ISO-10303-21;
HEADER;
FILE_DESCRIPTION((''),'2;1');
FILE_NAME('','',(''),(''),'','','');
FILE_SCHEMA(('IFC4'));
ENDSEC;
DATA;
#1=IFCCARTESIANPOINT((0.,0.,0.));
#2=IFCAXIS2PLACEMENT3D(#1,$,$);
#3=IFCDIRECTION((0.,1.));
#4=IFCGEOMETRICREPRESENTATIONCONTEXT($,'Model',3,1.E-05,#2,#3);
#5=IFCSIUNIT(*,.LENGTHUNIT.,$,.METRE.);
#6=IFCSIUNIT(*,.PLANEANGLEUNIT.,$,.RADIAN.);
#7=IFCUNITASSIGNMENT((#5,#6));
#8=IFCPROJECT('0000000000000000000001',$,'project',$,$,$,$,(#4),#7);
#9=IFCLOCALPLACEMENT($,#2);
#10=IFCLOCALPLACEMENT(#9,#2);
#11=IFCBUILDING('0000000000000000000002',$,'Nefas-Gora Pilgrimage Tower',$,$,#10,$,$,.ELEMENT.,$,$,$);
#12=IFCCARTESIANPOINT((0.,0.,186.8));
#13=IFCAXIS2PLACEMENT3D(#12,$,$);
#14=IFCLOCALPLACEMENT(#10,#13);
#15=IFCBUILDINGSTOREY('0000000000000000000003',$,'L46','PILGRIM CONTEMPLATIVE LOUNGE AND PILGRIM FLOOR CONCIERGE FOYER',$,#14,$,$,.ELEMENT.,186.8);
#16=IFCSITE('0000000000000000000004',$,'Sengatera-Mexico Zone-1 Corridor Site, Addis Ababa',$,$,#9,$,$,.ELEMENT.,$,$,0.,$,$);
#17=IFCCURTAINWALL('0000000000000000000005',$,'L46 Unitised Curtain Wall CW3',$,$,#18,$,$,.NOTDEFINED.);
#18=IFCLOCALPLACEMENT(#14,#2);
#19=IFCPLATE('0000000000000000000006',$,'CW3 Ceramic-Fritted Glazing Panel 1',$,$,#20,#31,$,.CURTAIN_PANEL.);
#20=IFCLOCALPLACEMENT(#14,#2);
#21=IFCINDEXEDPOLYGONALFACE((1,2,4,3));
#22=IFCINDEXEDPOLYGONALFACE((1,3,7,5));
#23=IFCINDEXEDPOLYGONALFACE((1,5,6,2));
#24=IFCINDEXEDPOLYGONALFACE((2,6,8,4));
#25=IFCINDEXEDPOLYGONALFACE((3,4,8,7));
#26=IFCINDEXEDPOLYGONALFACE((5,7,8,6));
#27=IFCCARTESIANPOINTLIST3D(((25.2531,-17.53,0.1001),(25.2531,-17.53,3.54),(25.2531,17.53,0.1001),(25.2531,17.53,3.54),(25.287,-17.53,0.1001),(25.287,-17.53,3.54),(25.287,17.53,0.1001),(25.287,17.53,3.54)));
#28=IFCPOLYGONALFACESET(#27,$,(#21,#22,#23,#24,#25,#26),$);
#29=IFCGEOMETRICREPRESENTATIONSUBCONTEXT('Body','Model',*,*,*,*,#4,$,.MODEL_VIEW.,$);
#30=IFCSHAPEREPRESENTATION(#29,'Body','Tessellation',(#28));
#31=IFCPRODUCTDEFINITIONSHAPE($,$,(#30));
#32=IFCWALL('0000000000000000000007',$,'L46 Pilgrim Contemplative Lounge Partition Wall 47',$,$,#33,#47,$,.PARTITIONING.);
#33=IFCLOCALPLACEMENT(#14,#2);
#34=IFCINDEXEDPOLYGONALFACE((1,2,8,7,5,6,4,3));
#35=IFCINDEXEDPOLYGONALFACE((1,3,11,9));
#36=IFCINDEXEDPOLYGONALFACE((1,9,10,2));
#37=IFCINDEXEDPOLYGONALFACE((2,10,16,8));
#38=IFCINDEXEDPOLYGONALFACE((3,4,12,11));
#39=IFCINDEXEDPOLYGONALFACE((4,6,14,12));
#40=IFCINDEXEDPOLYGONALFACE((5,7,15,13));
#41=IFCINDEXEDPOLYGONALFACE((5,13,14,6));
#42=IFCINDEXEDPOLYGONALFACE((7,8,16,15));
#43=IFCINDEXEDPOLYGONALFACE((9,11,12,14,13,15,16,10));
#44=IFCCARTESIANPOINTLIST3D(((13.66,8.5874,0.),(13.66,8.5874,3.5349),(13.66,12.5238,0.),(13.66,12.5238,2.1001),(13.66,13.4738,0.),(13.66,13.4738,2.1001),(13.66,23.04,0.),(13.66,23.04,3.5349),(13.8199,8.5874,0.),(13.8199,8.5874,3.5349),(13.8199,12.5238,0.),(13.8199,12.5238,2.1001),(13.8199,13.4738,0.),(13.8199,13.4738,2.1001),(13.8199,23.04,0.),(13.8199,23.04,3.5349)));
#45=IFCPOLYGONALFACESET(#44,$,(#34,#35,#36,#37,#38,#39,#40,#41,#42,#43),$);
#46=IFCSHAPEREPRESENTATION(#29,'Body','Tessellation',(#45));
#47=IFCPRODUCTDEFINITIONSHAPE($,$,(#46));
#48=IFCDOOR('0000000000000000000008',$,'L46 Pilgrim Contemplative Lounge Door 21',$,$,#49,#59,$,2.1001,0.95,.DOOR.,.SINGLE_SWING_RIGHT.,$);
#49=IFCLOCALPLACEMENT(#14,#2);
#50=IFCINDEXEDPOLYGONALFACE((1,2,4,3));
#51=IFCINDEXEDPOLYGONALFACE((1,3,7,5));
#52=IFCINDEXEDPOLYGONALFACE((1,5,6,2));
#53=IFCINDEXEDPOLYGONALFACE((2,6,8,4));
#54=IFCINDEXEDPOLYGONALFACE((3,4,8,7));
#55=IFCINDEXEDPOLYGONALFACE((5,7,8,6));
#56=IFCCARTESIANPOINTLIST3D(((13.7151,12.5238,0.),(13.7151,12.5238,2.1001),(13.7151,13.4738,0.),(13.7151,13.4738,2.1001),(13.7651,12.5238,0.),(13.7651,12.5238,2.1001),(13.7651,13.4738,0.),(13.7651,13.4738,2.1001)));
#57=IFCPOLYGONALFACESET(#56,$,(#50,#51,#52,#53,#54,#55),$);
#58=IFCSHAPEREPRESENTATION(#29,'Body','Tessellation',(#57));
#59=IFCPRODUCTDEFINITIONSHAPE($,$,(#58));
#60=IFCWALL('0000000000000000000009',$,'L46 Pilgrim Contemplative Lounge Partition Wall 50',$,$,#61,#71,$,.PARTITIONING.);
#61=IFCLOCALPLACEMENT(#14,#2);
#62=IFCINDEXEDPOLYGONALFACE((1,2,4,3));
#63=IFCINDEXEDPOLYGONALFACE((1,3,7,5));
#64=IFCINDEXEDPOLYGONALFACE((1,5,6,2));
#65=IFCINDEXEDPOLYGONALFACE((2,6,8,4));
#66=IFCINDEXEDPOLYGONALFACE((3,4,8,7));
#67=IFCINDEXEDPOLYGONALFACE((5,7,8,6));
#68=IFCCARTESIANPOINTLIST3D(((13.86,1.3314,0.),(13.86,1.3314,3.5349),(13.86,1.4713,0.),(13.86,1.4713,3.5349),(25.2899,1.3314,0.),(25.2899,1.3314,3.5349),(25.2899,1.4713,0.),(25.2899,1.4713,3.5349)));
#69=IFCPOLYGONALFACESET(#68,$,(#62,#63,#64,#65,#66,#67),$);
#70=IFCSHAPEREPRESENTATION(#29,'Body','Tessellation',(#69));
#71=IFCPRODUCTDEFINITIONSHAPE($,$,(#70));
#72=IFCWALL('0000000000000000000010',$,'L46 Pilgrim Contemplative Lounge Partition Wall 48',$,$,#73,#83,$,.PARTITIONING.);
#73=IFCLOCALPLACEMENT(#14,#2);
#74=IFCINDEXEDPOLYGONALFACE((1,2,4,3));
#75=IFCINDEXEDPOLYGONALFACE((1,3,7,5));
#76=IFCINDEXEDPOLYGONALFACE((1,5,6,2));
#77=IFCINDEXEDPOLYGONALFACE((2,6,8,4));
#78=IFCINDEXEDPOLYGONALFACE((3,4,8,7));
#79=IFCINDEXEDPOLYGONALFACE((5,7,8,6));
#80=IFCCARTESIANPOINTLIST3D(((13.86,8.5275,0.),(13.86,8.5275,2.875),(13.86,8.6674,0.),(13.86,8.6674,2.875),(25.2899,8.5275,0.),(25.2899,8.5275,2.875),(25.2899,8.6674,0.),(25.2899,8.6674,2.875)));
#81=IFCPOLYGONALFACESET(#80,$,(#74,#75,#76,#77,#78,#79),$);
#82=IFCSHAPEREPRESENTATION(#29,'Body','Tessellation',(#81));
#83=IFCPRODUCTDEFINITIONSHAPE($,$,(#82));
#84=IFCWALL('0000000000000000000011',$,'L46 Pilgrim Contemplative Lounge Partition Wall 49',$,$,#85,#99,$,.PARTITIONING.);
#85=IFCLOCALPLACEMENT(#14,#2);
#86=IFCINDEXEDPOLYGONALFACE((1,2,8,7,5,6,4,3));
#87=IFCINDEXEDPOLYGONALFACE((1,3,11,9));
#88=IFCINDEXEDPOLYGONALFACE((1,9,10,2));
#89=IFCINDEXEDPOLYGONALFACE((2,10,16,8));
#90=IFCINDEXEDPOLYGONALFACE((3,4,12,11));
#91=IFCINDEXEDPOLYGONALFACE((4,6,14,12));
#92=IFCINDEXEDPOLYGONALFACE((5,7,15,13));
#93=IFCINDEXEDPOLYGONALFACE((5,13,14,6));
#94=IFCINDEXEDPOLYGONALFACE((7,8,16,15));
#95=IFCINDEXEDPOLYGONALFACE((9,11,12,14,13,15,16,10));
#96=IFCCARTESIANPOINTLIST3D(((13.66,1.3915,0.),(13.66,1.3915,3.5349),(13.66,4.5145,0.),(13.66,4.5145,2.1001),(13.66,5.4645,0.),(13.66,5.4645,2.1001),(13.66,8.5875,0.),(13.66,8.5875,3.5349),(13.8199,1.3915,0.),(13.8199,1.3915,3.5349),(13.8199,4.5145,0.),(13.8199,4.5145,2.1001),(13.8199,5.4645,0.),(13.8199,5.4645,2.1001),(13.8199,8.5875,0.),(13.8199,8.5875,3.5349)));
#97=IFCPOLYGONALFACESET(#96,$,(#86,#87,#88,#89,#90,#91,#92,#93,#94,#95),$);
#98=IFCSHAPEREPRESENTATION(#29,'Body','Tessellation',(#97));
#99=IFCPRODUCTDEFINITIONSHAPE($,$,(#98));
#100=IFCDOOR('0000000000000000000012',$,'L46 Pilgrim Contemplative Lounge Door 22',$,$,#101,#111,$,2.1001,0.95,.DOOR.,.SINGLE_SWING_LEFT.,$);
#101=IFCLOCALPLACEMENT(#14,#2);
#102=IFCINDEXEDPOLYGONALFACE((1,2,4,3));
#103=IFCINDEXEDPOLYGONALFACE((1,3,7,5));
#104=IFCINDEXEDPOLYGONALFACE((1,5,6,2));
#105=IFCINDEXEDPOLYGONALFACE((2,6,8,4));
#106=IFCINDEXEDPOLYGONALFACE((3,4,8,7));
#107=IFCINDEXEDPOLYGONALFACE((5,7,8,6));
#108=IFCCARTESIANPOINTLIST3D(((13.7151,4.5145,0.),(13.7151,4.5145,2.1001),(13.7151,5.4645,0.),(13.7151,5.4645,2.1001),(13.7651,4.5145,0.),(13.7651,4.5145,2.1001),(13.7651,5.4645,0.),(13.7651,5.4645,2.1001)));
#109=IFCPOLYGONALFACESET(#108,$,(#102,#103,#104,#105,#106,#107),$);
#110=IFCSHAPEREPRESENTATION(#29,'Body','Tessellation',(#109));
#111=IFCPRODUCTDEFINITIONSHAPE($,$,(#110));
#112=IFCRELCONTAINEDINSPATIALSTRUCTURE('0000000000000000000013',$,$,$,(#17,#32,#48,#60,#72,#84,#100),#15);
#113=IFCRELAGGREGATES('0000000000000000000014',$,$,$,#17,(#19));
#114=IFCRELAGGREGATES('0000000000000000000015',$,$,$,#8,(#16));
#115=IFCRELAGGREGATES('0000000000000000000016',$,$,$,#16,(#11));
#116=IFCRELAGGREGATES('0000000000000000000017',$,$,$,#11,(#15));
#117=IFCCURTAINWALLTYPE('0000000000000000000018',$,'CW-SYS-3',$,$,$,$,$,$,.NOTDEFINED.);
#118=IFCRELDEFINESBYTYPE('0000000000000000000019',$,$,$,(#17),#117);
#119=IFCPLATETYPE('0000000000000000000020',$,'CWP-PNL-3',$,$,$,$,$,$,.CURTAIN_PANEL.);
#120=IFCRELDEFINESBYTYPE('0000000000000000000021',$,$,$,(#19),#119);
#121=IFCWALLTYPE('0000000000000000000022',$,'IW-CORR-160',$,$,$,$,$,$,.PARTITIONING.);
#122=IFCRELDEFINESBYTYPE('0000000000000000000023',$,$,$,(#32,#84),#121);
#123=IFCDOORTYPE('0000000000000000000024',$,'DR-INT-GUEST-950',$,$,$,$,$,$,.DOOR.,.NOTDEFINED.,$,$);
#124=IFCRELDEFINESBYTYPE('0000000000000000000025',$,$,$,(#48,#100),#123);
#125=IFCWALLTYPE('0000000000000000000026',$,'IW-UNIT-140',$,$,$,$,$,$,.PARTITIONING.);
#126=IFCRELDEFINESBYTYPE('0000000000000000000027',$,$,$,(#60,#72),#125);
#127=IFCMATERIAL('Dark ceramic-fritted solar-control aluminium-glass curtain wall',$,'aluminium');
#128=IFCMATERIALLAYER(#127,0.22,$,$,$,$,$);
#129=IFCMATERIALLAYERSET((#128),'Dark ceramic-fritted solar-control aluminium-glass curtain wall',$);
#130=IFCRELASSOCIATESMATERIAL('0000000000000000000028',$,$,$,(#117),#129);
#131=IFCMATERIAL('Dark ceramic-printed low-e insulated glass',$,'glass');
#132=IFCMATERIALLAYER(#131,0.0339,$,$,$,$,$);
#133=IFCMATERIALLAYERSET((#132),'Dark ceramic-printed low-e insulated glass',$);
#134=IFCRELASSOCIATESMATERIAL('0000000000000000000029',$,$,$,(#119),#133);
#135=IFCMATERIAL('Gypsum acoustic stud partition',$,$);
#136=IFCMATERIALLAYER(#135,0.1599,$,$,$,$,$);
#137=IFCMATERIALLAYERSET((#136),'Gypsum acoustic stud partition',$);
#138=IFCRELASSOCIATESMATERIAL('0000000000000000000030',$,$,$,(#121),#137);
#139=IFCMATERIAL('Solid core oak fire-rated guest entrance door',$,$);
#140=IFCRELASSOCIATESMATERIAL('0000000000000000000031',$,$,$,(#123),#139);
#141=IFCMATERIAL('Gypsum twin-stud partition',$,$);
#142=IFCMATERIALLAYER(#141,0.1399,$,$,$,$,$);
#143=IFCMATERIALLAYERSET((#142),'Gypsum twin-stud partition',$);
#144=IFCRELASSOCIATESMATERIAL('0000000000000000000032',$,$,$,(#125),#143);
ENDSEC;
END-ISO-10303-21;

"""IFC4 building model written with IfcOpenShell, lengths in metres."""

from ifc_helpers import new_model, si_unit, direction, frame, frame_2d, origin, origin_2d, place, context, subcontext, project, spatial, rectangle, extrude, source, transform, mapped, material, layer, layer_set, type_object, element, fill, aggregate, save


model = new_model("IFC4")

# Units and contexts
model_context = context("Model", 3, precision=1e-05, world=origin(), true_north=direction((0.0, 1.0)))
body_context = subcontext(model_context, "Body", "Model", "MODEL_VIEW")
ifc_project = project(units=[si_unit("LENGTHUNIT", "METRE"), si_unit("PLANEANGLEUNIT", "RADIAN")], contexts=[model_context])

# Site, building, storey
site_placement = place(None, origin())
site = spatial("IfcSite", under=ifc_project, at=site_placement, Name="Sengatera-Mexico Zone-1 Corridor Site, Addis Ababa", CompositionType="ELEMENT", RefElevation=0.0)
building_placement = place(site_placement, origin())
building = spatial("IfcBuilding", under=site, at=building_placement, Name="Nefas-Gora Pilgrimage Tower", CompositionType="ELEMENT")
storey_placement = place(building_placement, frame((0.0, 0.0, 186.8)))
storey = spatial("IfcBuildingStorey", under=building, at=storey_placement, Name="L46", Description="PILGRIM CONTEMPLATIVE LOUNGE AND PILGRIM FLOOR CONCIERGE FOYER", CompositionType="ELEMENT", Elevation=186.8)

# Curtain wall, plate
ifc_material_1 = material(Name="Dark ceramic-fritted solar-control aluminium-glass curtain wall", Category="aluminium")
ifc_layer_1 = layer(ifc_material_1, 0.22)
ifc_layer_set_1 = layer_set([ifc_layer_1], Name="Dark ceramic-fritted solar-control aluminium-glass curtain wall")
curtain_wall_type = type_object("IfcCurtainWallType", Name="CW-SYS-3", PredefinedType="NOTDEFINED", material=ifc_layer_set_1)
curtain_wall_placement = place(storey_placement, origin())
curtain_wall = element("IfcCurtainWall", 1, at=curtain_wall_placement, inside=storey, type_object=curtain_wall_type, Name="L46 Unitised Curtain Wall CW3", PredefinedType="NOTDEFINED")
ifc_material_2 = material(Name="Dark ceramic-printed low-e insulated glass", Category="glass")
ifc_layer_2 = layer(ifc_material_2, 0.0339)
ifc_layer_set_2 = layer_set([ifc_layer_2], Name="Dark ceramic-printed low-e insulated glass")
plate_type = type_object("IfcPlateType", Name="CWP-PNL-3", PredefinedType="CURTAIN_PANEL", material=ifc_layer_set_2)
shared_shape_1 = source(origin(), body_context, "Body", "SweptSolid", [
    extrude(rectangle(XDim=35.0601, YDim=0.0339, at=origin_2d()), origin(), (0.0, 0.0, 1.0), 3.4399),
])
plate_placement = place(storey_placement, frame((25.27, 0.0, 0.1001), z_axis=(0.0, 0.0, 1.0), x_axis=(0.0, 1.0, 0.0)))
plate = element("IfcPlate", 2, at=plate_placement, type_object=plate_type, Name="CW3 Ceramic-Fritted Glazing Panel 1", PredefinedType="CURTAIN_PANEL", context=body_context, shape_type="MappedRepresentation", body=[
    mapped(shared_shape_1, transform((0.0, 0.0, 0.0), x_axis=(1.0, 0.0, 0.0), y_axis=(0.0, 1.0, 0.0), z_axis=(0.0, 0.0, 1.0), scale=1.0)),
])
aggregate(curtain_wall, [plate])

# Wall, opening, door
ifc_material_3 = material(Name="Gypsum acoustic stud partition")
ifc_layer_3 = layer(ifc_material_3, 0.1599)
ifc_layer_set_3 = layer_set([ifc_layer_3], Name="Gypsum acoustic stud partition")
wall_type_1 = type_object("IfcWallType", Name="IW-CORR-160", PredefinedType="PARTITIONING", material=ifc_layer_set_3)
shared_shape_2 = source(origin(), body_context, "Body", "SweptSolid", [
    extrude(rectangle(XDim=14.4526, YDim=0.1599, at=frame_2d((7.2263, 0.0))), origin(), (0.0, 0.0, 1.0), 3.5349),
])
wall_1_placement = place(storey_placement, frame((13.74, 8.5874, 0.0), z_axis=(0.0, 0.0, 1.0), x_axis=(0.0, 1.0, 0.0)))
wall_1 = element("IfcWall", 3, at=wall_1_placement, inside=storey, type_object=wall_type_1, Name="L46 Pilgrim Contemplative Lounge Partition Wall 47", PredefinedType="PARTITIONING", context=body_context, shape_type="MappedRepresentation", body=[
    mapped(shared_shape_2, transform((0.0, 0.0, 0.0), x_axis=(1.0, 0.0, 0.0), y_axis=(0.0, 1.0, 0.0), z_axis=(0.0, 0.0, 1.0), scale=1.0)),
])
opening_1_placement = place(wall_1_placement, frame((3.9363, 0.0, 0.0)))
opening_1 = element("IfcOpeningElement", 4, at=opening_1_placement, cuts=wall_1, PredefinedType="OPENING", context=body_context, shape_type="SweptSolid", body=[
    extrude(rectangle(XDim=0.95, YDim=2.1001, at=frame_2d((0.4751, 1.05))), frame((0.0, 0.0898, 0.0), z_axis=(0.0, -1.0, 0.0), x_axis=(1.0, 0.0, 0.0)), (0.0, 0.0, 1.0), 0.1799),
])
ifc_material_4 = material(Name="Solid core oak fire-rated guest entrance door")
door_type = type_object("IfcDoorType", Name="DR-INT-GUEST-950", OperationType="NOTDEFINED", PredefinedType="DOOR", material=ifc_material_4)
shared_shape_3 = source(origin(), body_context, "Body", "SweptSolid", [
    extrude(rectangle(XDim=0.95, YDim=2.1001, at=frame_2d((0.4751, 1.05))), frame((0.0, 0.0249, 0.0), z_axis=(0.0, -1.0, 0.0), x_axis=(1.0, 0.0, 0.0)), (0.0, 0.0, 1.0), 0.05),
])
door_1_placement = place(opening_1_placement, origin())
door_1 = element("IfcDoor", 5, at=door_1_placement, inside=storey, type_object=door_type, Name="L46 Pilgrim Contemplative Lounge Door 21", OperationType="SINGLE_SWING_RIGHT", OverallHeight=2.1001, OverallWidth=0.95, PredefinedType="DOOR", context=body_context, shape_type="MappedRepresentation", body=[
    mapped(shared_shape_3, transform((0.0, 0.0, 0.0), x_axis=(1.0, 0.0, 0.0), y_axis=(0.0, 1.0, 0.0), z_axis=(0.0, 0.0, 1.0), scale=1.0)),
])
fill(opening_1, door_1)

# Walls
ifc_material_5 = material(Name="Gypsum twin-stud partition")
ifc_layer_4 = layer(ifc_material_5, 0.1399)
ifc_layer_set_4 = layer_set([ifc_layer_4], Name="Gypsum twin-stud partition")
wall_type_2 = type_object("IfcWallType", Name="IW-UNIT-140", PredefinedType="PARTITIONING", material=ifc_layer_set_4)
shared_shape_4 = source(origin(), body_context, "Body", "SweptSolid", [
    extrude(rectangle(XDim=11.4299, YDim=0.1399, at=frame_2d((5.7148, 0.0))), origin(), (0.0, 0.0, 1.0), 3.5349),
])
wall_2_placement = place(storey_placement, frame((13.8601, 1.4014, 0.0), z_axis=(0.0, 0.0, 1.0), x_axis=(1.0, 0.0, 0.0)))
element("IfcWall", 6, at=wall_2_placement, inside=storey, type_object=wall_type_2, Name="L46 Pilgrim Contemplative Lounge Partition Wall 50", PredefinedType="PARTITIONING", context=body_context, shape_type="MappedRepresentation", body=[
    mapped(shared_shape_4, transform((0.0, 0.0, 0.0), x_axis=(1.0, 0.0, 0.0), y_axis=(0.0, 1.0, 0.0), z_axis=(0.0, 0.0, 1.0), scale=1.0)),
])
shared_shape_5 = source(origin(), body_context, "Body", "SweptSolid", [
    extrude(rectangle(XDim=11.4299, YDim=0.1399, at=frame_2d((5.7148, 0.0))), origin(), (0.0, 0.0, 1.0), 2.875),
])
wall_3_placement = place(storey_placement, frame((13.8601, 8.5974, 0.0), z_axis=(0.0, 0.0, 1.0), x_axis=(1.0, 0.0, 0.0)))
element("IfcWall", 7, at=wall_3_placement, inside=storey, type_object=wall_type_2, Name="L46 Pilgrim Contemplative Lounge Partition Wall 48", PredefinedType="PARTITIONING", context=body_context, shape_type="MappedRepresentation", body=[
    mapped(shared_shape_5, transform((0.0, 0.0, 0.0), x_axis=(1.0, 0.0, 0.0), y_axis=(0.0, 1.0, 0.0), z_axis=(0.0, 0.0, 1.0), scale=1.0)),
])

# Wall, opening, door
shared_shape_6 = source(origin(), body_context, "Body", "SweptSolid", [
    extrude(rectangle(XDim=7.196, YDim=0.1599, at=frame_2d((3.5981, 0.0))), origin(), (0.0, 0.0, 1.0), 3.5349),
])
wall_4_placement = place(storey_placement, frame((13.74, 1.3914, 0.0), z_axis=(0.0, 0.0, 1.0), x_axis=(0.0, 1.0, 0.0)))
wall_4 = element("IfcWall", 8, at=wall_4_placement, inside=storey, type_object=wall_type_1, Name="L46 Pilgrim Contemplative Lounge Partition Wall 49", PredefinedType="PARTITIONING", context=body_context, shape_type="MappedRepresentation", body=[
    mapped(shared_shape_6, transform((0.0, 0.0, 0.0), x_axis=(1.0, 0.0, 0.0), y_axis=(0.0, 1.0, 0.0), z_axis=(0.0, 0.0, 1.0), scale=1.0)),
])
opening_2_placement = place(wall_4_placement, frame((3.123, 0.0, 0.0)))
opening_2 = element("IfcOpeningElement", 9, at=opening_2_placement, cuts=wall_4, PredefinedType="OPENING", context=body_context, shape_type="SweptSolid", body=[
    extrude(rectangle(XDim=0.95, YDim=2.1001, at=frame_2d((0.4751, 1.05))), frame((0.0, 0.0898, 0.0), z_axis=(0.0, -1.0, 0.0), x_axis=(1.0, 0.0, 0.0)), (0.0, 0.0, 1.0), 0.1799),
])
door_2_placement = place(opening_2_placement, origin())
door_2 = element("IfcDoor", 10, at=door_2_placement, inside=storey, type_object=door_type, Name="L46 Pilgrim Contemplative Lounge Door 22", OperationType="SINGLE_SWING_LEFT", OverallHeight=2.1001, OverallWidth=0.95, PredefinedType="DOOR", context=body_context, shape_type="MappedRepresentation", body=[
    mapped(shared_shape_3, transform((0.0, 0.0, 0.0), x_axis=(1.0, 0.0, 0.0), y_axis=(0.0, 1.0, 0.0), z_axis=(0.0, 0.0, 1.0), scale=1.0)),
])
fill(opening_2, door_2)

save(model, "model.ifc")
